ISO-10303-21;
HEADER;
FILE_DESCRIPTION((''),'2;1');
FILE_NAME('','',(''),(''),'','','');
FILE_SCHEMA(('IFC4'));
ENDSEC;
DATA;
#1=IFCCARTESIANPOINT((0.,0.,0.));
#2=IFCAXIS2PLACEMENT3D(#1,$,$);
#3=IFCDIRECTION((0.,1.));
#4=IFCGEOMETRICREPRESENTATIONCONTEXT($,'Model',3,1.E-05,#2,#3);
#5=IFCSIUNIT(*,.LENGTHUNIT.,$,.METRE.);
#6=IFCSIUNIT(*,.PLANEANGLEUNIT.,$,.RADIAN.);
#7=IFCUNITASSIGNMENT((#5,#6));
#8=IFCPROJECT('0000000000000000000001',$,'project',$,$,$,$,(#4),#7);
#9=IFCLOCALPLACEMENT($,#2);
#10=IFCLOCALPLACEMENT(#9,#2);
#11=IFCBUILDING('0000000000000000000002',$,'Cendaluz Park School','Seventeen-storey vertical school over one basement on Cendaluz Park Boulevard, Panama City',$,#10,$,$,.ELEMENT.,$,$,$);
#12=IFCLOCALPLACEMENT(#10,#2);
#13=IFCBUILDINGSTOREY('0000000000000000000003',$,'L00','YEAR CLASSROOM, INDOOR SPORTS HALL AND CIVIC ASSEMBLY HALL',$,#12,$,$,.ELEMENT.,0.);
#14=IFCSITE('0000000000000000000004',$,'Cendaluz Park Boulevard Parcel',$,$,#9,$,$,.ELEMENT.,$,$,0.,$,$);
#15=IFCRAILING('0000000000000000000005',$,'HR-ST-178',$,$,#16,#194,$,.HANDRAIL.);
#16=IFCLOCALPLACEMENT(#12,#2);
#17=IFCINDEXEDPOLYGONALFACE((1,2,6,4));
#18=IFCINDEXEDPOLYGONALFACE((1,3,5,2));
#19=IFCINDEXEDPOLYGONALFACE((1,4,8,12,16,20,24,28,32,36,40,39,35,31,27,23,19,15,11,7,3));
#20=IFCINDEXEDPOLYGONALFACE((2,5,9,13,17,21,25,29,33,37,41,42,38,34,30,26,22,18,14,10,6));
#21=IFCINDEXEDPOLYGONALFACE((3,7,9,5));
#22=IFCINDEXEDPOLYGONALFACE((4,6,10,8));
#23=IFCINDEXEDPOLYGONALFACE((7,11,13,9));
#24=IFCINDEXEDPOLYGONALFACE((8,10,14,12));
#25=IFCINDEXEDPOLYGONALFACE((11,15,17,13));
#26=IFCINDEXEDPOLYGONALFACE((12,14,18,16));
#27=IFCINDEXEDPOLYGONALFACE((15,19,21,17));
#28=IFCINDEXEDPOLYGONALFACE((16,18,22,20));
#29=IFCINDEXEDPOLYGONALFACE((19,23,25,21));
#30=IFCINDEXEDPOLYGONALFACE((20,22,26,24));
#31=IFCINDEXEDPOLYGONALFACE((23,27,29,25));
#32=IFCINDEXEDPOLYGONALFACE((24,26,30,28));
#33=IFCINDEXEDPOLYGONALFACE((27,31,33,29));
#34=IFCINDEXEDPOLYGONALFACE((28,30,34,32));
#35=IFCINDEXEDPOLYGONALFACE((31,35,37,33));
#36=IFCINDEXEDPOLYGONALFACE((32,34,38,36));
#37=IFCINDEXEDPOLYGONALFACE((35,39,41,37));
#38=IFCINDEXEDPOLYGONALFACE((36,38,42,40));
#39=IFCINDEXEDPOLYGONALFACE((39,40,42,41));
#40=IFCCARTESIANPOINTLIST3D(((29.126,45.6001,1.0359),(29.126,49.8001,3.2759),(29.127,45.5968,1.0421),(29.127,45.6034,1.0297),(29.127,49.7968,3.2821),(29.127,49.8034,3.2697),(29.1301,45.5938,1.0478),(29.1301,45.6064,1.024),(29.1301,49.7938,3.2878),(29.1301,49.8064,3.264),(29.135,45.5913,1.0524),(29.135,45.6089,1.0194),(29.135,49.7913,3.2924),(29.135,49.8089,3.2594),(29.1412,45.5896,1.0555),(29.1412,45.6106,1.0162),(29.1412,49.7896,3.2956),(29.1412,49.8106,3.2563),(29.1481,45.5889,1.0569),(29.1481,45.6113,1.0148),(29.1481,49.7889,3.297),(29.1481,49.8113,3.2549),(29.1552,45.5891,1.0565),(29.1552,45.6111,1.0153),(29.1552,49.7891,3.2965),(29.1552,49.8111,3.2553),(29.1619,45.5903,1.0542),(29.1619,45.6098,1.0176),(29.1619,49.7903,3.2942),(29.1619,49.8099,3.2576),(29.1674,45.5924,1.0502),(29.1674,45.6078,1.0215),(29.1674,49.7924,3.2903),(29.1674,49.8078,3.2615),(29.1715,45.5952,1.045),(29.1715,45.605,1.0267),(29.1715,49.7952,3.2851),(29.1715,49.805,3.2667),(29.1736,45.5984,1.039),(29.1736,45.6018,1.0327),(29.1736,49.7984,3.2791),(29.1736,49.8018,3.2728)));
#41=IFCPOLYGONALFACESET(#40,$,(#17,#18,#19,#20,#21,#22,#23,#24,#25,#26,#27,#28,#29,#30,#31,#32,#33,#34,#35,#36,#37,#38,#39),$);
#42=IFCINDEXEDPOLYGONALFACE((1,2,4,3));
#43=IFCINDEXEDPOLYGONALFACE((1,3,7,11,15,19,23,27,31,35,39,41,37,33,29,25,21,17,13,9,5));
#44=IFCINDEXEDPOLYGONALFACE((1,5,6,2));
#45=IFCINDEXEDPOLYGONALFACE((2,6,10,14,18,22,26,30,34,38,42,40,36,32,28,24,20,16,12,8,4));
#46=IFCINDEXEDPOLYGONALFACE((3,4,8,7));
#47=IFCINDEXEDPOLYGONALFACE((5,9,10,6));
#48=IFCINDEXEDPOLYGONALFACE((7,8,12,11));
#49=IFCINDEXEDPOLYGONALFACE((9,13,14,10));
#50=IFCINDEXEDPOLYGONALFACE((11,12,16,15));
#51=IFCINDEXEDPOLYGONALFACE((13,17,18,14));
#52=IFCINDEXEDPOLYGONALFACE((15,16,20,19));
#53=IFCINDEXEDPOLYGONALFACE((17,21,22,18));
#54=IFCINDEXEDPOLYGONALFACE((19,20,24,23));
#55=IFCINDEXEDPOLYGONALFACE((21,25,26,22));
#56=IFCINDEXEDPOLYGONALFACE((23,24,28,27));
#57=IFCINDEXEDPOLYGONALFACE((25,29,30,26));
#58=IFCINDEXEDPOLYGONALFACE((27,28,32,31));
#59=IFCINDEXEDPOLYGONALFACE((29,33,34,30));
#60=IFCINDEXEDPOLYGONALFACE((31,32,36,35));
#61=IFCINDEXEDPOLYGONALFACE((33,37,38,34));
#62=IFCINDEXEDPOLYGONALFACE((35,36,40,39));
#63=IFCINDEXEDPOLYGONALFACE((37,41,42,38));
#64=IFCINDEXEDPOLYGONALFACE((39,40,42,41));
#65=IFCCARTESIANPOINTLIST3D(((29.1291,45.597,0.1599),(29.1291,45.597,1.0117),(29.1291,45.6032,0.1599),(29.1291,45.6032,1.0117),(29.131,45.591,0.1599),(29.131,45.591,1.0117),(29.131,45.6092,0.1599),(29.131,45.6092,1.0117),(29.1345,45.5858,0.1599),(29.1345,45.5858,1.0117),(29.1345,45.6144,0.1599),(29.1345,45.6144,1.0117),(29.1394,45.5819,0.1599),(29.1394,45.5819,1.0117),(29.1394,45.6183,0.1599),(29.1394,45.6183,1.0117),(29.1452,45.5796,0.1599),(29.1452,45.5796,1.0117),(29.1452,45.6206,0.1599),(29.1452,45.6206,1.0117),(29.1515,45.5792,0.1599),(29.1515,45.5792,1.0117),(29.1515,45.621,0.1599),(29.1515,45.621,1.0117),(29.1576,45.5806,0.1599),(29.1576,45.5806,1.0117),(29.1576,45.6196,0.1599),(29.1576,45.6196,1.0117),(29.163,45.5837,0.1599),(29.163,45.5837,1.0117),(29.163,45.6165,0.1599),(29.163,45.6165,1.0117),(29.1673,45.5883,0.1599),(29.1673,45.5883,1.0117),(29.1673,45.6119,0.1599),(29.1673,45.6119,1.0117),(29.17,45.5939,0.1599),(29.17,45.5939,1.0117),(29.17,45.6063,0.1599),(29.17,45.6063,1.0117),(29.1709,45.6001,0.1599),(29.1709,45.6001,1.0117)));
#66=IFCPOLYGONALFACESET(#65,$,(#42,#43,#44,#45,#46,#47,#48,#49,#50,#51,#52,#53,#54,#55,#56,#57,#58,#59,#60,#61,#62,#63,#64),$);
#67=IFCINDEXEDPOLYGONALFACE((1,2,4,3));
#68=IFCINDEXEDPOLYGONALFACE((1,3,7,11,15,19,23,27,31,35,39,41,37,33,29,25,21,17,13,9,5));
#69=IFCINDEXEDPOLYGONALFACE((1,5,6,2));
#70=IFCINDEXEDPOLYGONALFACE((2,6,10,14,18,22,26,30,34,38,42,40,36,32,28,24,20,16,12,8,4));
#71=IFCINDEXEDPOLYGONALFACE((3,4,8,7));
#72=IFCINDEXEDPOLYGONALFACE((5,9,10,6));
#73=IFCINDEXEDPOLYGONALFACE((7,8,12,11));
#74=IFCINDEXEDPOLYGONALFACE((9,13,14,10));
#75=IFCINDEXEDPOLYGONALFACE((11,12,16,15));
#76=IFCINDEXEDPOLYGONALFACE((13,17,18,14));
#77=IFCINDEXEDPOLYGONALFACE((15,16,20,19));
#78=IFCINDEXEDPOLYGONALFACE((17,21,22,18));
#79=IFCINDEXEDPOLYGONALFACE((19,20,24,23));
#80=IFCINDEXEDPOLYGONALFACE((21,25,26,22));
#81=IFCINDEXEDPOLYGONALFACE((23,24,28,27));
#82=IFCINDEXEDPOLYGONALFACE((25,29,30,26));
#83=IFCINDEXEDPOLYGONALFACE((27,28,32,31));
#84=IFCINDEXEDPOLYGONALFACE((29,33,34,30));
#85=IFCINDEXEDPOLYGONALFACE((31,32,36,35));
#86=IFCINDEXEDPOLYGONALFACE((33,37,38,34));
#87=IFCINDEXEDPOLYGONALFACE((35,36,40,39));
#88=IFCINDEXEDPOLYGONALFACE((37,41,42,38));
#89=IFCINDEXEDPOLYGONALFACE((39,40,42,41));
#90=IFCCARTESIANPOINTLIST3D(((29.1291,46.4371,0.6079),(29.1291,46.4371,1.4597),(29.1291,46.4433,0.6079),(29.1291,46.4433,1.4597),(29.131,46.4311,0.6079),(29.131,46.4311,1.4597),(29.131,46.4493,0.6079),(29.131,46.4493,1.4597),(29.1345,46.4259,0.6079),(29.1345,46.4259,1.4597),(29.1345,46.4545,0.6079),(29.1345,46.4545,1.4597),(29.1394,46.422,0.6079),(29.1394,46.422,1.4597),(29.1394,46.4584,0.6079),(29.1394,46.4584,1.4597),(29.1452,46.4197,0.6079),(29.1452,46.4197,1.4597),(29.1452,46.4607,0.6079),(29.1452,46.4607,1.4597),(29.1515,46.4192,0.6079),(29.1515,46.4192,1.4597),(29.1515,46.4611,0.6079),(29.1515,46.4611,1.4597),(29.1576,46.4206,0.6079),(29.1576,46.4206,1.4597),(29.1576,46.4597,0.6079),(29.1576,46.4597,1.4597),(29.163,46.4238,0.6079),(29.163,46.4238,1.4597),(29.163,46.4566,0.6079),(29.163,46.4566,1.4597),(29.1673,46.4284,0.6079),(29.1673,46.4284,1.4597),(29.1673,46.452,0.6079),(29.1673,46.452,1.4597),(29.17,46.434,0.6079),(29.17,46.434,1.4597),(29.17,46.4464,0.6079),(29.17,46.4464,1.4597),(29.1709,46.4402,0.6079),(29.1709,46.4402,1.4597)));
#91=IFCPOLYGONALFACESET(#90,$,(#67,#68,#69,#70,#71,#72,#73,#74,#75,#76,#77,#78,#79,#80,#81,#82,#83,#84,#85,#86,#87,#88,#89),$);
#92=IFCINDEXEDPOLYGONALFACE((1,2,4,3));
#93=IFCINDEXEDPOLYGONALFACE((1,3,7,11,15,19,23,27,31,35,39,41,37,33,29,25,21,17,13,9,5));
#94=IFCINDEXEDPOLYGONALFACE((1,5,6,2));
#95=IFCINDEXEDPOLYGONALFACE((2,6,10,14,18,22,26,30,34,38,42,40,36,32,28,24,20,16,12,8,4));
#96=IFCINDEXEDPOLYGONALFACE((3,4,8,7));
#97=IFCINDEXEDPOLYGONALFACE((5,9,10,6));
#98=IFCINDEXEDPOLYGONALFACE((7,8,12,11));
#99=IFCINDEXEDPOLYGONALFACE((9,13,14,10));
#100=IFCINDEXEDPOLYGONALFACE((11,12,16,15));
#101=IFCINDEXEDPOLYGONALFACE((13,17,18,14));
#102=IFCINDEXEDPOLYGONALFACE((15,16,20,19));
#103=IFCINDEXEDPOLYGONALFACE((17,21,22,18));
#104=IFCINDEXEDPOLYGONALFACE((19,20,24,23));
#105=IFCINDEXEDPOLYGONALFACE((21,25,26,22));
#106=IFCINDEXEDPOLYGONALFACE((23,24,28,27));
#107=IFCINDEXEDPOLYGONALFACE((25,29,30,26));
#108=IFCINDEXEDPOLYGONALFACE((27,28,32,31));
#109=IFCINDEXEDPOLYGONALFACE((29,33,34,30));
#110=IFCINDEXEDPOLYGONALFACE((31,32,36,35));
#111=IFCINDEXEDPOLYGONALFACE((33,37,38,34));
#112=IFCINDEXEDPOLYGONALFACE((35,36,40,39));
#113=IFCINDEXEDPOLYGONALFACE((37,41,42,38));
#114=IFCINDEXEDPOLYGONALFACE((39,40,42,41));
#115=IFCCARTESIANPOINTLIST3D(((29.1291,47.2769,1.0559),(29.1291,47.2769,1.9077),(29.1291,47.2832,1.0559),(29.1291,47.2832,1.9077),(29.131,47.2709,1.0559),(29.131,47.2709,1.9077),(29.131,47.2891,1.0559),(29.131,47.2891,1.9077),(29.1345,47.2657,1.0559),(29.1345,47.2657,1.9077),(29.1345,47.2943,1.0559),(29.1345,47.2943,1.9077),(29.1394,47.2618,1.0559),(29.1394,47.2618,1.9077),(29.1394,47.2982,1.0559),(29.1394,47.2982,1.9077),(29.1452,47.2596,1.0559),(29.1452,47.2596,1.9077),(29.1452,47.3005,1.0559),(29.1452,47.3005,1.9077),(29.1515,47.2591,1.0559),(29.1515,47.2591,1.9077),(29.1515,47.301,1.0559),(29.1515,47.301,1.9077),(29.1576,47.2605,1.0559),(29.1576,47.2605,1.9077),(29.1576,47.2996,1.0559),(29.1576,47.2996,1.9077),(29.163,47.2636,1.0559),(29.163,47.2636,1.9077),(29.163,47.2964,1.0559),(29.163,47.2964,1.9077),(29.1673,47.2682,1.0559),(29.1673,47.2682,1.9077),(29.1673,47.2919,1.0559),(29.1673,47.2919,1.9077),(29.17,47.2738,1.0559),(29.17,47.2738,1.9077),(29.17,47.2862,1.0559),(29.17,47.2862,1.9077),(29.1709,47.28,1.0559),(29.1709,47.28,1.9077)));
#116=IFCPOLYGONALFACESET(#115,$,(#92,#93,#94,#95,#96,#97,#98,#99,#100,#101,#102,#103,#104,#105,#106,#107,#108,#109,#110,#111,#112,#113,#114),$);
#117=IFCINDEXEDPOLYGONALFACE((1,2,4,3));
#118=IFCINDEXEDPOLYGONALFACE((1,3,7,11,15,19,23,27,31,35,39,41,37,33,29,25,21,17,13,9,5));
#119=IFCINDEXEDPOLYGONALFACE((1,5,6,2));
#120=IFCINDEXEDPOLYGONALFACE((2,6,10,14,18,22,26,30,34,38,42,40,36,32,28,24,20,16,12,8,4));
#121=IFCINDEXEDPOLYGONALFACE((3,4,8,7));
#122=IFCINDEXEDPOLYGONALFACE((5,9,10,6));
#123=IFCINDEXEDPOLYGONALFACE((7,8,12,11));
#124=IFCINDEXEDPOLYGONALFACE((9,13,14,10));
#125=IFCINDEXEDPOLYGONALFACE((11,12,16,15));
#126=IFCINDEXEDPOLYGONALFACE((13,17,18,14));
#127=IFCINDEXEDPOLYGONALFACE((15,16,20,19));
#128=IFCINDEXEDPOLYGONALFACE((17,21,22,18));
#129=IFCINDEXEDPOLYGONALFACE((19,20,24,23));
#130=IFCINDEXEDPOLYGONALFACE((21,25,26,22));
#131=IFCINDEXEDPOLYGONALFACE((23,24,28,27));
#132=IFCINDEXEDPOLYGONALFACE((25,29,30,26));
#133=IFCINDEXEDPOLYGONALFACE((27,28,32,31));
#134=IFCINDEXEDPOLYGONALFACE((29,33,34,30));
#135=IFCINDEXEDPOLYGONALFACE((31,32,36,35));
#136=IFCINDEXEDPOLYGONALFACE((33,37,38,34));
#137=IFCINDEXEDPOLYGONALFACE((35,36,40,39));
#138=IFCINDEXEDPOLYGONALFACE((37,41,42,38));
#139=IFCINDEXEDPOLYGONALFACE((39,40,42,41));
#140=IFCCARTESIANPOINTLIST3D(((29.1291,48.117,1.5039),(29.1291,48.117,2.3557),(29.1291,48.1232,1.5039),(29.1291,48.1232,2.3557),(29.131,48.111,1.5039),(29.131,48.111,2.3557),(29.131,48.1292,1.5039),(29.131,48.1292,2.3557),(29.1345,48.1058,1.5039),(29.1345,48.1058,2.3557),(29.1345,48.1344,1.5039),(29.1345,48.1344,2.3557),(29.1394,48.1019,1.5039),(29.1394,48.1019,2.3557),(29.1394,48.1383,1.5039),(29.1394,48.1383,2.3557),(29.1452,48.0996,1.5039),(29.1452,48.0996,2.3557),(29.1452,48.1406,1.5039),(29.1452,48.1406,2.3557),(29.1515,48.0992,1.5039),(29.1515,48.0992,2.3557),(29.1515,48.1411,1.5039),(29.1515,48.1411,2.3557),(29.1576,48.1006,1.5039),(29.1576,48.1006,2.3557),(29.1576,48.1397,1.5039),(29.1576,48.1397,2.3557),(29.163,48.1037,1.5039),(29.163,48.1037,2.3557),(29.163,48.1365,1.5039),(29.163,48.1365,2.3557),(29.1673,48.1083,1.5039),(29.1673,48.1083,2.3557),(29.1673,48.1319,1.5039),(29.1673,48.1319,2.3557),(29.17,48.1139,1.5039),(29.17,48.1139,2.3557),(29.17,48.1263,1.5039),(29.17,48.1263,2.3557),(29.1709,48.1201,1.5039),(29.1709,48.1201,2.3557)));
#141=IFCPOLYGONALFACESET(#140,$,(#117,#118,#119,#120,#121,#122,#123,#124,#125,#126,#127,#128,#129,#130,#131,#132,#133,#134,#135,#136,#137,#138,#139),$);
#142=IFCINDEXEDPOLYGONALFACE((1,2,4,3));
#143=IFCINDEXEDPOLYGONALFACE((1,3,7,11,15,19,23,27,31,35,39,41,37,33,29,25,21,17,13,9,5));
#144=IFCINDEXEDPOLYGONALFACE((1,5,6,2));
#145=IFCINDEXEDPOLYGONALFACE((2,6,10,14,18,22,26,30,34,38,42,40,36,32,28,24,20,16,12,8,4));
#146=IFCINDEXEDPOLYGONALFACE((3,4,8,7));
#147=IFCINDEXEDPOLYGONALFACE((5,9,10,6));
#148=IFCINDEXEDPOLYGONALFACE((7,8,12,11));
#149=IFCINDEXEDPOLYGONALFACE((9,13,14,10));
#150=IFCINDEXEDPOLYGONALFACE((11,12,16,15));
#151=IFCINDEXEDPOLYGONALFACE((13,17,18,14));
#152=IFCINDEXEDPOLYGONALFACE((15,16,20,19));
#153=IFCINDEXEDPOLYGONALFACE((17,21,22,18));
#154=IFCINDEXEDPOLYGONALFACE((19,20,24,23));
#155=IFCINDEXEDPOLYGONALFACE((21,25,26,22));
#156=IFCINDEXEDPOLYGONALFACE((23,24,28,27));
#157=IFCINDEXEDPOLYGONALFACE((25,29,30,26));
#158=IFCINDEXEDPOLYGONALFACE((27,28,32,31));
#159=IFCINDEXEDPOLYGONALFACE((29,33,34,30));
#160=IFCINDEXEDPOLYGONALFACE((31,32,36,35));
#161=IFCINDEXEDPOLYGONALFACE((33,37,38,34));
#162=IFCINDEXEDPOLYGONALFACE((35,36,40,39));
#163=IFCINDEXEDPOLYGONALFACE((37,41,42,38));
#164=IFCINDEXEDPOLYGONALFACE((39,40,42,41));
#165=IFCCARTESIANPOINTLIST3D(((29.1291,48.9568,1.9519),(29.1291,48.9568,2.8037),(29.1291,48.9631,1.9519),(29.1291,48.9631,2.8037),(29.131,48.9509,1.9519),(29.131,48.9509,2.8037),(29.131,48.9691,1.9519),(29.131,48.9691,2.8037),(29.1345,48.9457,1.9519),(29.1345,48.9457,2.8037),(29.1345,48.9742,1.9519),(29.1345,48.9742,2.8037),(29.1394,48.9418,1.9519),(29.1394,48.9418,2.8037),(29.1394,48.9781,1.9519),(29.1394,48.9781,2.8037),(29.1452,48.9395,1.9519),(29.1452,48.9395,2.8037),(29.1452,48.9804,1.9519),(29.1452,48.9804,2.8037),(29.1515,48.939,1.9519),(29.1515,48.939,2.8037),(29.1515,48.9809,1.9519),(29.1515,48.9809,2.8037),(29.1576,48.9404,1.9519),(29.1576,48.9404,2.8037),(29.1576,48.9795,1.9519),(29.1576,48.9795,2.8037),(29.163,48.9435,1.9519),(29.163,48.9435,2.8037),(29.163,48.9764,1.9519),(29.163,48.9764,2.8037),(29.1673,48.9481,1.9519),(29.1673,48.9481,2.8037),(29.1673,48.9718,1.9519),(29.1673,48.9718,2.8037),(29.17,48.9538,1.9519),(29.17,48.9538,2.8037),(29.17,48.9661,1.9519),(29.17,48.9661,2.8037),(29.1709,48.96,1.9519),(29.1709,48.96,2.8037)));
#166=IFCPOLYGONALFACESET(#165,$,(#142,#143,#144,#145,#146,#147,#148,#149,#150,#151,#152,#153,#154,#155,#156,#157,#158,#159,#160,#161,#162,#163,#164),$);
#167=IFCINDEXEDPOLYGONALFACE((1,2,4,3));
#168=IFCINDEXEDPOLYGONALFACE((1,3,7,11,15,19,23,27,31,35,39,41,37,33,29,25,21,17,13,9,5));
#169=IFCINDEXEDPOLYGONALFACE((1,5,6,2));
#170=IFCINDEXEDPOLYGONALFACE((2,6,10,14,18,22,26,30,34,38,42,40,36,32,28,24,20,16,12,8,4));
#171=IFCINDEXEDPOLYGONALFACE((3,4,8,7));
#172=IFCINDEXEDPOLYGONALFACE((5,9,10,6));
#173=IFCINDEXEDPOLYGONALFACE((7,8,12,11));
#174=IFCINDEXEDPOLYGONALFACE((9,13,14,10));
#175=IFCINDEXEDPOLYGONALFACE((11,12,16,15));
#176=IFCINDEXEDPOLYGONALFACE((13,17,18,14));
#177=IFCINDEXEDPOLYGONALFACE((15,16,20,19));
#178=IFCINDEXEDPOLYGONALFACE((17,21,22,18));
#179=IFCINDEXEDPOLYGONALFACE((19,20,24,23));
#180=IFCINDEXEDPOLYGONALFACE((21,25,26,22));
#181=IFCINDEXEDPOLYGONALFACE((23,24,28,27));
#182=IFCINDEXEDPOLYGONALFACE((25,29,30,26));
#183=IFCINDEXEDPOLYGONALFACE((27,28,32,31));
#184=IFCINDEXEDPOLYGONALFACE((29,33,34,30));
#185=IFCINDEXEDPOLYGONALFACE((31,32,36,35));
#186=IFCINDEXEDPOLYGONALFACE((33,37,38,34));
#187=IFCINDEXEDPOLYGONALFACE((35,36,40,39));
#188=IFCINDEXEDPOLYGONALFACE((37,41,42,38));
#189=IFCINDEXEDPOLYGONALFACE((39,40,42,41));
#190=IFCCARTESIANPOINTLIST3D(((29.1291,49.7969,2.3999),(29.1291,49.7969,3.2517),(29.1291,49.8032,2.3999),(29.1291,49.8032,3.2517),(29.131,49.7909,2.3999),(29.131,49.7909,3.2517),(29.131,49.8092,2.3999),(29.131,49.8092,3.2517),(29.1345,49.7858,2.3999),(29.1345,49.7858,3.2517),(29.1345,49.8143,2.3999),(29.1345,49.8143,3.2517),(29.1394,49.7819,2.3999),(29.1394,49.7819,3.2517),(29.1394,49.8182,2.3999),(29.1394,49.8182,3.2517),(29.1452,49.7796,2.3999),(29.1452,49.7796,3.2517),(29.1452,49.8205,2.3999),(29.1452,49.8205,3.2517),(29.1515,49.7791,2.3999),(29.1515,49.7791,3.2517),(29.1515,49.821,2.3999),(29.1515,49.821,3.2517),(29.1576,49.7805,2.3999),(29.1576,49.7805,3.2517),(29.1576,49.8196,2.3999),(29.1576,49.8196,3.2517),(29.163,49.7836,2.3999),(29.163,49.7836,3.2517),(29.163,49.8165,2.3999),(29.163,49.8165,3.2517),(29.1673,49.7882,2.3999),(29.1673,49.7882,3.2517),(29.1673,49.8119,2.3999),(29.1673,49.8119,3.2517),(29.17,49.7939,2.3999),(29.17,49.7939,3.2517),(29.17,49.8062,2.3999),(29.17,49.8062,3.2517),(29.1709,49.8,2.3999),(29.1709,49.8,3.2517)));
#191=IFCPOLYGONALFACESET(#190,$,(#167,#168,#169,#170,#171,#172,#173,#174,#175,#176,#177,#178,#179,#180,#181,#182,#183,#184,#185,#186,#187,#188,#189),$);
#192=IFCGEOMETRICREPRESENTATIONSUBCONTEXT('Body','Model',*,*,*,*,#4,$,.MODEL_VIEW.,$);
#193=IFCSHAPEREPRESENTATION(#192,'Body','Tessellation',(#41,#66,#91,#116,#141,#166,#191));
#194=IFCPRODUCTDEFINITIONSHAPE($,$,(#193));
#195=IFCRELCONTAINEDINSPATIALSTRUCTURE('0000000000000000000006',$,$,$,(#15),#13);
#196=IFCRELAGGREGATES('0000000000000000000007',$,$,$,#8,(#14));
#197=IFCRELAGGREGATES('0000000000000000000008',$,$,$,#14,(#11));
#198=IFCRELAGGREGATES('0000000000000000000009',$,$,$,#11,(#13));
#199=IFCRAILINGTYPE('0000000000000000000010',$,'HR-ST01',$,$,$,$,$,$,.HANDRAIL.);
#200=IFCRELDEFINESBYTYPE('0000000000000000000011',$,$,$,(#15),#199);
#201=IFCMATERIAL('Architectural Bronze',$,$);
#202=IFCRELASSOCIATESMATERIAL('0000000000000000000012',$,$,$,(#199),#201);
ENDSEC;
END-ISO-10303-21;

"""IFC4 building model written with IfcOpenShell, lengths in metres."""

from ifc_helpers import new_model, si_unit, direction, frame, origin, origin_2d, place, context, subcontext, project, spatial, circle, extrude, material, type_object, element, save


model = new_model("IFC4")

# Units and contexts
model_context = context("Model", 3, precision=1e-05, world=origin(), true_north=direction((0.0, 1.0)))
body_context = subcontext(model_context, "Body", "Model", "MODEL_VIEW")
ifc_project = project(units=[si_unit("LENGTHUNIT", "METRE"), si_unit("PLANEANGLEUNIT", "RADIAN")], contexts=[model_context])

# Site, building, storey
site_placement = place(None, origin())
site = spatial("IfcSite", under=ifc_project, at=site_placement, Name="Cendaluz Park Boulevard Parcel", CompositionType="ELEMENT", RefElevation=0.0)
building_placement = place(site_placement, origin())
building = spatial("IfcBuilding", under=site, at=building_placement, Name="Cendaluz Park School", Description="Seventeen-storey vertical school over one basement on Cendaluz Park Boulevard, Panama City", CompositionType="ELEMENT")
storey_placement = place(building_placement, origin())
storey = spatial("IfcBuildingStorey", under=building, at=storey_placement, Name="L00", Description="YEAR CLASSROOM, INDOOR SPORTS HALL AND CIVIC ASSEMBLY HALL", CompositionType="ELEMENT", Elevation=0.0)

# Railing
ifc_material_1 = material(Name="Architectural Bronze")
railing_type_1 = type_object("IfcRailingType", Name="HR-ST01", PredefinedType="HANDRAIL", material=ifc_material_1)
railing_1_placement = place(storey_placement, frame((29.1499, 45.6001, 0.1599)))
element("IfcRailing", 1, at=railing_1_placement, inside=storey, type_object=railing_type_1, Name="HR-ST-178", PredefinedType="HANDRAIL", context=body_context, shape_type="SweptSolid", body=[
    extrude(circle(Radius=0.0239, at=origin_2d()), frame((0.0, 0.0, 0.876), z_axis=(0.0, 0.882352, 0.470591), x_axis=(-1.0, 0.0, 0.0)), (0.0, 0.0, 1.0), 4.76),
    extrude(circle(Radius=0.021, at=origin_2d()), origin(), (0.0, 0.0, 1.0), 0.8518),
    extrude(circle(Radius=0.021, at=origin_2d()), frame((0.0, 0.8401, 0.448)), (0.0, 0.0, 1.0), 0.8518),
    extrude(circle(Radius=0.021, at=origin_2d()), frame((0.0, 1.6799, 0.896)), (0.0, 0.0, 1.0), 0.8518),
    extrude(circle(Radius=0.021, at=origin_2d()), frame((0.0, 2.52, 1.344)), (0.0, 0.0, 1.0), 0.8518),
    extrude(circle(Radius=0.021, at=origin_2d()), frame((0.0, 3.3599, 1.792)), (0.0, 0.0, 1.0), 0.8518),
    extrude(circle(Radius=0.021, at=origin_2d()), frame((0.0, 4.2, 2.24)), (0.0, 0.0, 1.0), 0.8518),
])

save(model, "model.ifc")
